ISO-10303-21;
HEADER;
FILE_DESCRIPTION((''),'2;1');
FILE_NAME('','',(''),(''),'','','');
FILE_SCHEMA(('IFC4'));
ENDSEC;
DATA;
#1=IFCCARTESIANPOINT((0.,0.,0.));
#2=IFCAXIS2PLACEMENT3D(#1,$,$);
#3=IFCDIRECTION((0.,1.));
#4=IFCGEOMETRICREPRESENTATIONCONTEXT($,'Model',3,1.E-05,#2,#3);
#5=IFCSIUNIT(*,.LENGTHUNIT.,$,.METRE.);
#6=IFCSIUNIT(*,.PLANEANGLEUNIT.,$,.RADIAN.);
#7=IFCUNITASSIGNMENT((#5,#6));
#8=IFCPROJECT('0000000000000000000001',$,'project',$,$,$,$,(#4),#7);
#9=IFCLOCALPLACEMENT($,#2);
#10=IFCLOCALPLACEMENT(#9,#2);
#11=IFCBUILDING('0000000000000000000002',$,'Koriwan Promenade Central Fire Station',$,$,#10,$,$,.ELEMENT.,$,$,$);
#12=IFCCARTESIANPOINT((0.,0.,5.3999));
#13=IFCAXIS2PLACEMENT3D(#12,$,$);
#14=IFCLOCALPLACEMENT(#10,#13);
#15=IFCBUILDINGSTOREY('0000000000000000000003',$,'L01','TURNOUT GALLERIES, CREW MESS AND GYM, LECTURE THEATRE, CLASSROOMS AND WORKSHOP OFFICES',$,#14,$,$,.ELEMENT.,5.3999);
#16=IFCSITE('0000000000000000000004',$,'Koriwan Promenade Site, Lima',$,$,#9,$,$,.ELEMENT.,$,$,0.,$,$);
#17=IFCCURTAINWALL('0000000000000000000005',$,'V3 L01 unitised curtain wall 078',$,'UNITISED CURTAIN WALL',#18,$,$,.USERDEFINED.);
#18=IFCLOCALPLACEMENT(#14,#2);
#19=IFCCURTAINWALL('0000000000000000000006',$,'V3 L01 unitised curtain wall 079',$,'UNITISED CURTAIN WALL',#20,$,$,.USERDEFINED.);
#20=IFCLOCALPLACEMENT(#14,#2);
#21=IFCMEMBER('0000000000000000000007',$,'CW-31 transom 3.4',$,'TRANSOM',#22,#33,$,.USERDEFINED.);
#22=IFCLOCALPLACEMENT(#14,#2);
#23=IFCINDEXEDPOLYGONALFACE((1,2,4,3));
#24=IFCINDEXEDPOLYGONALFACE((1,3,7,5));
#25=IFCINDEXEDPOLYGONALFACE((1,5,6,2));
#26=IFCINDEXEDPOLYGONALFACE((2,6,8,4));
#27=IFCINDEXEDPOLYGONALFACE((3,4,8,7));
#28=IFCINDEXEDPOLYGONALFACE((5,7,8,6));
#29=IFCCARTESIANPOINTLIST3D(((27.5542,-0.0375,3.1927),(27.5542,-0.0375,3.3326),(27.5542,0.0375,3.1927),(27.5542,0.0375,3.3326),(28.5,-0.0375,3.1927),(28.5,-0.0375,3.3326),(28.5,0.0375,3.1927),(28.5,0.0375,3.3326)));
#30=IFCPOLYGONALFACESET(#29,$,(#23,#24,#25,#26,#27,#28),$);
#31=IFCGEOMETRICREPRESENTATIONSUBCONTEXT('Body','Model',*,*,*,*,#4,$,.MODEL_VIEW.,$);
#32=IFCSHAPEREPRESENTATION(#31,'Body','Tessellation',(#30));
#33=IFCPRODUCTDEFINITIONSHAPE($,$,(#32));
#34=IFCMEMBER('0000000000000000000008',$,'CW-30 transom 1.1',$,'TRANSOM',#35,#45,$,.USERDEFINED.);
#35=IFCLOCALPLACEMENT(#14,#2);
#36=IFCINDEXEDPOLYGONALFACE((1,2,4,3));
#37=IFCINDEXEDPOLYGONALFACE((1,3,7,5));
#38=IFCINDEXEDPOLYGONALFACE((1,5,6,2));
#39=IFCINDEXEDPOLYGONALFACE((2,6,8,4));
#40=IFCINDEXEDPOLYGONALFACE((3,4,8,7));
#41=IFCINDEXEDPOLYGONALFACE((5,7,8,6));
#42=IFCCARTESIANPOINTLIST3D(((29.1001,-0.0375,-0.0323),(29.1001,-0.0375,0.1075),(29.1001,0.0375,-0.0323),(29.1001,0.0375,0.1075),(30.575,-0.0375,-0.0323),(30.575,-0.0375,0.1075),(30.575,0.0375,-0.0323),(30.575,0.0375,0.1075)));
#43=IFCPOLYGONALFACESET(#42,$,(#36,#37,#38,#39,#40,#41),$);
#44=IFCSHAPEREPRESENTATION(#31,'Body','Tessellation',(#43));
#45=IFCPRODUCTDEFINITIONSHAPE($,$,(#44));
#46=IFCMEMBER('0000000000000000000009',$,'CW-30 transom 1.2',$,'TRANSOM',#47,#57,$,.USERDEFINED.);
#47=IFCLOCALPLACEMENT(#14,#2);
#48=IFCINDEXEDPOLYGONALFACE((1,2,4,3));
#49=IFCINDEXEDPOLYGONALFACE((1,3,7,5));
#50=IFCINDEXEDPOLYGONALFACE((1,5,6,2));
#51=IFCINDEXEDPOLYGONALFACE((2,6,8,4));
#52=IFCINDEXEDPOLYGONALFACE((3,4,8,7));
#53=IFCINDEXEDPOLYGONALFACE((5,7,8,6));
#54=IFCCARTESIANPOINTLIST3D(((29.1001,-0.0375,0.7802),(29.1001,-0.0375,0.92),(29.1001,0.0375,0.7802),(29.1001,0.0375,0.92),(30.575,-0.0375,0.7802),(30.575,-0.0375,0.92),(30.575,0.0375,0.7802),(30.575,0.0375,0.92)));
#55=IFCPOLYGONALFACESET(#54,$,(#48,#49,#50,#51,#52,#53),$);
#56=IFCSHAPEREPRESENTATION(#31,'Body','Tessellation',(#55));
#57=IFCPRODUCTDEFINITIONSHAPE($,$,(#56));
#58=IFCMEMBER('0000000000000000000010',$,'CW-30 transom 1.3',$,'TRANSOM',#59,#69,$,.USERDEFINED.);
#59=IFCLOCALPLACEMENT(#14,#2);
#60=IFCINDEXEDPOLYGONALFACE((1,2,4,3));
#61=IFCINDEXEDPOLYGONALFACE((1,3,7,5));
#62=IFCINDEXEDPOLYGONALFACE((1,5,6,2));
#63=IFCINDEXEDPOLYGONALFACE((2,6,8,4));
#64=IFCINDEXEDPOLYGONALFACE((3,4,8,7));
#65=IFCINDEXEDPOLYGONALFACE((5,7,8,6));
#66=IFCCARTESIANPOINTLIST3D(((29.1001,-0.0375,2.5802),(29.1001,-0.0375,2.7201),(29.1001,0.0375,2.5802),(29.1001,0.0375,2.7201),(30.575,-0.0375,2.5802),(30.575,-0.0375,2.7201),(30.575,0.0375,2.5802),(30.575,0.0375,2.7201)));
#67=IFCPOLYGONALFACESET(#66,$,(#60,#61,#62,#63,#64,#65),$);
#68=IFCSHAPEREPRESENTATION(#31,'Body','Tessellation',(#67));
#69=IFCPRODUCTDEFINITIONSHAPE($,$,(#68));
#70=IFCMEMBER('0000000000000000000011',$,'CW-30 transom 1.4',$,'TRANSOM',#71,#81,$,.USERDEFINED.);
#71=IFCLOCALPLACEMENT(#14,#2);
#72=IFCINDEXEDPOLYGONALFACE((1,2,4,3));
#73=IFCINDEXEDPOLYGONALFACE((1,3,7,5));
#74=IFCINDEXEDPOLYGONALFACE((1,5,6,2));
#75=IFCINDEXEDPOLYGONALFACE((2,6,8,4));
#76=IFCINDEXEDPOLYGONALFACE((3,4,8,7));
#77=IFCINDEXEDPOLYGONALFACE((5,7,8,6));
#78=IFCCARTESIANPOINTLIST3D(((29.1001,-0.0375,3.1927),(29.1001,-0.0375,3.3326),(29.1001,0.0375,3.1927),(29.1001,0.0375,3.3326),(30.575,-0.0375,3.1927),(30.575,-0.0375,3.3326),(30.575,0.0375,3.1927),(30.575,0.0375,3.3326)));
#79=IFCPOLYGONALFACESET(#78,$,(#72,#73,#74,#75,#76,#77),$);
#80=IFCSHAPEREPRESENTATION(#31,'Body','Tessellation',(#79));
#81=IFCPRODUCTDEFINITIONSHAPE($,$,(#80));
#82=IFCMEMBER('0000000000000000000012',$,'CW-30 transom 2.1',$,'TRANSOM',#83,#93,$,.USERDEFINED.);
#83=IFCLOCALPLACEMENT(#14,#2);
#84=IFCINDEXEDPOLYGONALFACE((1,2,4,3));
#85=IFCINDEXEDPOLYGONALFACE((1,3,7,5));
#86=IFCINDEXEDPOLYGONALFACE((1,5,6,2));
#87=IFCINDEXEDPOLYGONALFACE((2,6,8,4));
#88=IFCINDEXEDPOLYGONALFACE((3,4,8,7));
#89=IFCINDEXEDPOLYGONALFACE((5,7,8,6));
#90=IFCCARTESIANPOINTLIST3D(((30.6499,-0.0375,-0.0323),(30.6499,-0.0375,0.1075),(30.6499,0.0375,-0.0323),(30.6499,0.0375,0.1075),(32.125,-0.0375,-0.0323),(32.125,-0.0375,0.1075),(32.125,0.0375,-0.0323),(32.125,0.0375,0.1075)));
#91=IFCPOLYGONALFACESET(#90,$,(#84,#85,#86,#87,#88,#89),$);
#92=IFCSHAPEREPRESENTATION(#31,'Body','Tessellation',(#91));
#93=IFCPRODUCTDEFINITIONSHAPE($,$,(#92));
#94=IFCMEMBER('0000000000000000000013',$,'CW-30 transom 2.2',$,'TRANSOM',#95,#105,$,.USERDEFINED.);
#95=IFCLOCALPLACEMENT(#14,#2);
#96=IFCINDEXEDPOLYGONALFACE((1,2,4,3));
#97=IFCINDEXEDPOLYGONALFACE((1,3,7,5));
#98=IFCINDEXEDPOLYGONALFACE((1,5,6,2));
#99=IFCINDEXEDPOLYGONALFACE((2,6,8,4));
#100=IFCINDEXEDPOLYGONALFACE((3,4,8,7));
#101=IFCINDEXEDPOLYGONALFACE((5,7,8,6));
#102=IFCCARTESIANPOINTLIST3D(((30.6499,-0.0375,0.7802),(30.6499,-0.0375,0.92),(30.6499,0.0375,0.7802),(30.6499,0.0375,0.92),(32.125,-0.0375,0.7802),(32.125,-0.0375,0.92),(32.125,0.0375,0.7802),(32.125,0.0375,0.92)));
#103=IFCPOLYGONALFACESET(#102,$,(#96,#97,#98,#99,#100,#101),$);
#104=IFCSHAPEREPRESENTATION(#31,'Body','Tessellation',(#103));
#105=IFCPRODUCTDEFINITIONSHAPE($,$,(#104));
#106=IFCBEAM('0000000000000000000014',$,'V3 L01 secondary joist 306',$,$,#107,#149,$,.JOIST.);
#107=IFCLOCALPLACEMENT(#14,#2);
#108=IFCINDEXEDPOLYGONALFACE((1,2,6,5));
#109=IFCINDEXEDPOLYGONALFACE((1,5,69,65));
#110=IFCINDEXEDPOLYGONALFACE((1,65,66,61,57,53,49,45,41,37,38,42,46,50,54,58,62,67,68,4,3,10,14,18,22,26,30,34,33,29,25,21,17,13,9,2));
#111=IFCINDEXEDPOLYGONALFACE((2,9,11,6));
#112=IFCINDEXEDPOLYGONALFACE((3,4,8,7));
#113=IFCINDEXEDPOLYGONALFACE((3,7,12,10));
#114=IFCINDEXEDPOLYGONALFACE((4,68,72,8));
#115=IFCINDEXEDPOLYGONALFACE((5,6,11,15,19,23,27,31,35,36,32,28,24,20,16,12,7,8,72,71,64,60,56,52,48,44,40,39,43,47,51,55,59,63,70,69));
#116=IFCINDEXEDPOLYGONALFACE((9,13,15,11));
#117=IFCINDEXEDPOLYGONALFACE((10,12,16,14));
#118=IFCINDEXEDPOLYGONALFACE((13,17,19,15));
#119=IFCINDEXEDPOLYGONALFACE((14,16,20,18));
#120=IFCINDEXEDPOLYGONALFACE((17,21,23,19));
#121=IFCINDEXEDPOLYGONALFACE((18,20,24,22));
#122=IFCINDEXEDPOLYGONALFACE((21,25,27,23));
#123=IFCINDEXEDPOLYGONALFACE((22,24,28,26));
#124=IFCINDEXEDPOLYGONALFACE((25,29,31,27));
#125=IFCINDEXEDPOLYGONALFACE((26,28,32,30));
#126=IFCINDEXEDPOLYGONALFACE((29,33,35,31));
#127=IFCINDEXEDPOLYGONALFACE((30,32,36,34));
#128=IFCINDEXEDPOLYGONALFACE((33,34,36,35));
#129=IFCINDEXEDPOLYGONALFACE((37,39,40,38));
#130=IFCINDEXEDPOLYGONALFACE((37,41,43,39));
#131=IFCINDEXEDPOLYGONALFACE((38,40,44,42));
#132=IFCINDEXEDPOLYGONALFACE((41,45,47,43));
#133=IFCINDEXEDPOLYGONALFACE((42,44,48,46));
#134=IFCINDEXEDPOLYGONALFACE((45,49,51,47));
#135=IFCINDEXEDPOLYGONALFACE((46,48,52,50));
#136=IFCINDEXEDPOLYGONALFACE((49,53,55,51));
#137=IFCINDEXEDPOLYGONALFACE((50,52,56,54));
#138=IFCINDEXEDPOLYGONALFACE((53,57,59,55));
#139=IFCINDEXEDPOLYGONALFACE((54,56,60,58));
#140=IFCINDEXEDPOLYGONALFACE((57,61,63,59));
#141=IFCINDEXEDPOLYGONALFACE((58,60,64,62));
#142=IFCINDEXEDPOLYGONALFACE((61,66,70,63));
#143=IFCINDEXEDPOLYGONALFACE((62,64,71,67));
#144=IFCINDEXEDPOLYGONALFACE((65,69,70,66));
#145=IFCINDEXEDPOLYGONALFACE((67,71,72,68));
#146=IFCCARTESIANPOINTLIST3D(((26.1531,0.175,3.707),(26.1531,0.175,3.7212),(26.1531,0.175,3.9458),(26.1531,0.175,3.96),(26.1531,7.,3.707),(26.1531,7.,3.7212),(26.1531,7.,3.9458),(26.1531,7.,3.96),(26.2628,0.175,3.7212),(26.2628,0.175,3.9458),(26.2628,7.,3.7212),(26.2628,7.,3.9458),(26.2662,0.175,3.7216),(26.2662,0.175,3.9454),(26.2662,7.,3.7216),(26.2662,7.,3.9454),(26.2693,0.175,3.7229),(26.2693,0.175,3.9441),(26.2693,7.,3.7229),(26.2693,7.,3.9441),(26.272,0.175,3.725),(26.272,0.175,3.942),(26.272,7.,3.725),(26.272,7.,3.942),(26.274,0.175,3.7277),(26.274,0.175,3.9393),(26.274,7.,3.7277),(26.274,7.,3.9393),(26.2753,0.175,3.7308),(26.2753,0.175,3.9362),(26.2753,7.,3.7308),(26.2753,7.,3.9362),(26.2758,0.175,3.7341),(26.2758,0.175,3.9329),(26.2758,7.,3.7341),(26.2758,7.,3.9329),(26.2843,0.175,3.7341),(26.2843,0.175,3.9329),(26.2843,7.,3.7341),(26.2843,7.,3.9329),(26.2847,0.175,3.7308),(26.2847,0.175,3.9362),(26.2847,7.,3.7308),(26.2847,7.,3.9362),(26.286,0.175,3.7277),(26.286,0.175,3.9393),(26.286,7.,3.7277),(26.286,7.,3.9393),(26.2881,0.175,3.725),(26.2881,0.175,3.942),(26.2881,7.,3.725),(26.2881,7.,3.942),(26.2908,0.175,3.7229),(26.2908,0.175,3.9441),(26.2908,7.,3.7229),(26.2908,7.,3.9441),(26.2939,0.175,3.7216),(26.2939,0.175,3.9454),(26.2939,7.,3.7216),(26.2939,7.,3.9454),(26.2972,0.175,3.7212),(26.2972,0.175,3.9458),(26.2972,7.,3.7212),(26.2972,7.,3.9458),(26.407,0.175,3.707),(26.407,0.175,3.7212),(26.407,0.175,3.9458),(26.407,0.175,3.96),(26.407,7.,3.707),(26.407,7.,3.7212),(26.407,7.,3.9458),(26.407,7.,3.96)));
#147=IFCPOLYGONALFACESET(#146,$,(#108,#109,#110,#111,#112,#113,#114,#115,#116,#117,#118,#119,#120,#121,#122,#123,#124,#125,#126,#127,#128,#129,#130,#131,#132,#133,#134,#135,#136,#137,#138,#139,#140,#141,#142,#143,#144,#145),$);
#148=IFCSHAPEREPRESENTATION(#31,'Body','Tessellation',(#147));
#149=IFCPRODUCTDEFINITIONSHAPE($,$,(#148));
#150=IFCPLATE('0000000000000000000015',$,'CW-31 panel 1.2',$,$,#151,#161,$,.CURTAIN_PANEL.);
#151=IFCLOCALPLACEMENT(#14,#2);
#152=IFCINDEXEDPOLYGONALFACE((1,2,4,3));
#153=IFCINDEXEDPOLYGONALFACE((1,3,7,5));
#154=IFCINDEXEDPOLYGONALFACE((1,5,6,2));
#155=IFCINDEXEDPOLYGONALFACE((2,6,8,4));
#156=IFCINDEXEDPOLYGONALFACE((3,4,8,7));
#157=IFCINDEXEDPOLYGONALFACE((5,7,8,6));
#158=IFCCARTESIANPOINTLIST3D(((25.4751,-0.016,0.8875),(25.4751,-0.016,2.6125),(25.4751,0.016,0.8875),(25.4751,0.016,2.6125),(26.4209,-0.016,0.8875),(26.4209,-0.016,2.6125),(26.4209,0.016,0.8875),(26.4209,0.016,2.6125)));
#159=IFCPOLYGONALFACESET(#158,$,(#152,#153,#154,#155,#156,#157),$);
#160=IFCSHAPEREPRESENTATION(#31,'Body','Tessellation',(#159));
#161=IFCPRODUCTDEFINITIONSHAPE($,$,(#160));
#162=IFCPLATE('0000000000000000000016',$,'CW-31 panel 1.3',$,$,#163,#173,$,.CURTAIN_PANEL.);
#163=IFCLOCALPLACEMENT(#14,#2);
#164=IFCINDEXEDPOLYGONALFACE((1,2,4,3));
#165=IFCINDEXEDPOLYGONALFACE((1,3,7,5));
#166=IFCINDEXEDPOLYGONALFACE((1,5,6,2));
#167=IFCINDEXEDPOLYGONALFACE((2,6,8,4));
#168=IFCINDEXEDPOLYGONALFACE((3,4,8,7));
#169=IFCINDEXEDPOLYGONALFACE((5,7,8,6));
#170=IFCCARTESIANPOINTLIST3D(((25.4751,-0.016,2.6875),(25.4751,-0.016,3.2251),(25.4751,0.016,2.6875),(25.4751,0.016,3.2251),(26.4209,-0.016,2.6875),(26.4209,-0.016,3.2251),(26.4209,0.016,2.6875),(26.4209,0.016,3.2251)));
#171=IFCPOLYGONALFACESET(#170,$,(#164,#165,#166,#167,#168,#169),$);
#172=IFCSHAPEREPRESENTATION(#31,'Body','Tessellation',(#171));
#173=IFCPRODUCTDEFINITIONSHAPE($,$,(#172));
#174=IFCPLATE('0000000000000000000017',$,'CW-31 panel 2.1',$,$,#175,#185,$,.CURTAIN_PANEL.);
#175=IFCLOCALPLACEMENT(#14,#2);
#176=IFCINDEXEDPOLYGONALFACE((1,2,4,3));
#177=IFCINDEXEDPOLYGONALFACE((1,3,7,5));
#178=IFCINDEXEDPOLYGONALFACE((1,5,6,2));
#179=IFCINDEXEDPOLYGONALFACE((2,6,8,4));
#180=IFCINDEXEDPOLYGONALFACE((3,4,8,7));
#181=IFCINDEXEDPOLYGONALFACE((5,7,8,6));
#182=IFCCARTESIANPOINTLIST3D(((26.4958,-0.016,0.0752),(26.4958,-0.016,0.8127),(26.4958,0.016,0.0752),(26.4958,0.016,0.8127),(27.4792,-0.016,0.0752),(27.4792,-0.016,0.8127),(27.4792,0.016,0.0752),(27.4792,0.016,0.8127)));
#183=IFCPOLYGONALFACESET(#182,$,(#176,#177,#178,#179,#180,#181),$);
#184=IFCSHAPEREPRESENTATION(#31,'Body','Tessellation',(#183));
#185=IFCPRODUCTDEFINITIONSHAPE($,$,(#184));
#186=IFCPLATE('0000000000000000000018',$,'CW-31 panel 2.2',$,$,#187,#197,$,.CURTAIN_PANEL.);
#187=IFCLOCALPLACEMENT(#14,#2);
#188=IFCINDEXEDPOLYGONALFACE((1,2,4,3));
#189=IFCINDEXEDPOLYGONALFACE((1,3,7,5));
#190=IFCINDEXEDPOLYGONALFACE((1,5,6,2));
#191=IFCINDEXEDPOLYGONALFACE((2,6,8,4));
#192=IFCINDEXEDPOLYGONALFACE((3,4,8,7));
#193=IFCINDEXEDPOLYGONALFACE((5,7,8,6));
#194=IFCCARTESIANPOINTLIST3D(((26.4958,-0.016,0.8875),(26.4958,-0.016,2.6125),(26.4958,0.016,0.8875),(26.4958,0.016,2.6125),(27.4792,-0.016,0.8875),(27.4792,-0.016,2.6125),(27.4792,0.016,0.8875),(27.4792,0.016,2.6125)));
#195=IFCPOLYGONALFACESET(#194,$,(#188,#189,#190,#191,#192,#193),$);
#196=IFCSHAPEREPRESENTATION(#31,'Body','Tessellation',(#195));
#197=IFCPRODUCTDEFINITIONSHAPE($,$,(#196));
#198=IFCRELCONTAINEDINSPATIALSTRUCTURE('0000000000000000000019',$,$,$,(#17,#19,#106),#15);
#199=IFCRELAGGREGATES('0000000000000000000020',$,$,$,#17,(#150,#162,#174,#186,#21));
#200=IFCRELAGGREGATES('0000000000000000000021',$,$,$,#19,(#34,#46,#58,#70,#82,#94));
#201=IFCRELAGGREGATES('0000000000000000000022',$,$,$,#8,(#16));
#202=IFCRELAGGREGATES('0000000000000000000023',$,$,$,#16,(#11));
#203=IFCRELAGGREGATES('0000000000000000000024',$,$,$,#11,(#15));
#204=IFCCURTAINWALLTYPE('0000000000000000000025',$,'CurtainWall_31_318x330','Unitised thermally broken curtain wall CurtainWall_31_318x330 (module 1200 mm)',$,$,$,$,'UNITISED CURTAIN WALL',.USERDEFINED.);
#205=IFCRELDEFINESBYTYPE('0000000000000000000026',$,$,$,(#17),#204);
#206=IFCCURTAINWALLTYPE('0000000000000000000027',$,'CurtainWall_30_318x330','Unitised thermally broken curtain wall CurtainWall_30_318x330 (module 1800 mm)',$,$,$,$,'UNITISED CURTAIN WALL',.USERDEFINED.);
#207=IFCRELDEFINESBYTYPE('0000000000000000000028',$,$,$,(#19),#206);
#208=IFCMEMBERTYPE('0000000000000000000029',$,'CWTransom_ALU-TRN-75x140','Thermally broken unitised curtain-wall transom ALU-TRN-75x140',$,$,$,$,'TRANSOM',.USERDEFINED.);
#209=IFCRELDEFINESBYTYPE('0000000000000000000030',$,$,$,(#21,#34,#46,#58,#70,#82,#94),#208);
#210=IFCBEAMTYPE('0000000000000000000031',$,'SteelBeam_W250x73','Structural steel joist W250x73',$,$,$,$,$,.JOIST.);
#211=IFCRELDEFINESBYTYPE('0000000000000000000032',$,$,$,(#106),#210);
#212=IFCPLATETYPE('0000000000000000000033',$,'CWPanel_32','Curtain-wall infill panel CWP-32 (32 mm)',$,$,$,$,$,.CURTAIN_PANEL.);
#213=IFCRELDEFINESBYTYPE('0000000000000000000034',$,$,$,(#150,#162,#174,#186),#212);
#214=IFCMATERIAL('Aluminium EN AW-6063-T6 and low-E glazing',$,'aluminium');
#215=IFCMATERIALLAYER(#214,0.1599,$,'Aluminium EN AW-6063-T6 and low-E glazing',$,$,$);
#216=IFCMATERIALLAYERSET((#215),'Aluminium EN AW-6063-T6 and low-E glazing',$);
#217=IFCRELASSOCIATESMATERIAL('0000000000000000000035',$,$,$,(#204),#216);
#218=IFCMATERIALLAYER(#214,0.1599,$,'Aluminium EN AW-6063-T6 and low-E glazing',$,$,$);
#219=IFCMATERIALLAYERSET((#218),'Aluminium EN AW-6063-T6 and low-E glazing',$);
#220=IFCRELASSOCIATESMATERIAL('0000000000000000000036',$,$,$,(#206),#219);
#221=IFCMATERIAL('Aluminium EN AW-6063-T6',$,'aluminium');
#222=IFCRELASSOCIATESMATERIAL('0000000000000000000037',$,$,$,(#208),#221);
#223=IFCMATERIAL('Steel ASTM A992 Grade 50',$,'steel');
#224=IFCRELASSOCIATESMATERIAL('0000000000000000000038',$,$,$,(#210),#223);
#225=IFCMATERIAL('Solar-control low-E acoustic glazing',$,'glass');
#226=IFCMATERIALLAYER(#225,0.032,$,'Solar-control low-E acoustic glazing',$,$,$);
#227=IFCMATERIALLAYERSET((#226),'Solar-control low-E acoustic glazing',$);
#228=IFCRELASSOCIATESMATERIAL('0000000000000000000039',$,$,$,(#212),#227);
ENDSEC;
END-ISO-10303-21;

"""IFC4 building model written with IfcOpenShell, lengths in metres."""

from ifc_helpers import new_model, si_unit, direction, frame, origin, origin_2d, place, context, subcontext, project, spatial, rectangle, i_section, extrude, material, layer, layer_set, material_profile, profile_set, type_object, element, aggregate, save


model = new_model("IFC4")

# Units and contexts
model_context = context("Model", 3, precision=1e-05, world=origin(), true_north=direction((0.0, 1.0)))
body_context = subcontext(model_context, "Body", "Model", "MODEL_VIEW")
ifc_project = project(units=[si_unit("LENGTHUNIT", "METRE"), si_unit("PLANEANGLEUNIT", "RADIAN")], contexts=[model_context])

# Site, building, storey
site_placement = place(None, origin())
site = spatial("IfcSite", under=ifc_project, at=site_placement, Name="Koriwan Promenade Site, Lima", CompositionType="ELEMENT", RefElevation=0.0)
building_placement = place(site_placement, origin())
building = spatial("IfcBuilding", under=site, at=building_placement, Name="Koriwan Promenade Central Fire Station", CompositionType="ELEMENT")
storey_placement = place(building_placement, frame((0.0, 0.0, 5.3999)))
storey = spatial("IfcBuildingStorey", under=building, at=storey_placement, Name="L01", Description="TURNOUT GALLERIES, CREW MESS AND GYM, LECTURE THEATRE, CLASSROOMS AND WORKSHOP OFFICES", CompositionType="ELEMENT", Elevation=5.3999)

# Curtain walls
ifc_material_1 = material(Name="Aluminium EN AW-6063-T6 and low-E glazing", Category="aluminium")
ifc_layer_1 = layer(ifc_material_1, 0.1599, Name="Aluminium EN AW-6063-T6 and low-E glazing")
ifc_layer_set_1 = layer_set([ifc_layer_1], Name="Aluminium EN AW-6063-T6 and low-E glazing")
curtain_wall_type_1 = type_object("IfcCurtainWallType", Name="CurtainWall_31_318x330", Description="Unitised thermally broken curtain wall CurtainWall_31_318x330 (module 1200 mm)", ElementType="UNITISED CURTAIN WALL", PredefinedType="USERDEFINED", material=ifc_layer_set_1)
curtain_wall_1_placement = place(storey_placement, origin())
curtain_wall_1 = element("IfcCurtainWall", 1, at=curtain_wall_1_placement, inside=storey, type_object=curtain_wall_type_1, Name="V3 L01 unitised curtain wall 078", ObjectType="UNITISED CURTAIN WALL", PredefinedType="USERDEFINED")
ifc_material_2 = material(Name="Aluminium EN AW-6063-T6", Category="aluminium")
ifc_layer_2 = layer(ifc_material_1, 0.1599, Name="Aluminium EN AW-6063-T6 and low-E glazing")
ifc_layer_set_2 = layer_set([ifc_layer_2], Name="Aluminium EN AW-6063-T6 and low-E glazing")
curtain_wall_type_2 = type_object("IfcCurtainWallType", Name="CurtainWall_30_318x330", Description="Unitised thermally broken curtain wall CurtainWall_30_318x330 (module 1800 mm)", ElementType="UNITISED CURTAIN WALL", PredefinedType="USERDEFINED", material=ifc_layer_set_2)
curtain_wall_2_placement = place(storey_placement, origin())
curtain_wall_2 = element("IfcCurtainWall", 2, at=curtain_wall_2_placement, inside=storey, type_object=curtain_wall_type_2, Name="V3 L01 unitised curtain wall 079", ObjectType="UNITISED CURTAIN WALL", PredefinedType="USERDEFINED")

# Members
ifc_material_profile_1 = material_profile(ifc_material_2, rectangle(XDim=0.075, YDim=0.1399, at=origin_2d()), Name="ALU-TRN-75x140")
ifc_profile_set_1 = profile_set([ifc_material_profile_1], Name="Aluminium EN AW-6063-T6")
member_type_1 = type_object("IfcMemberType", Name="CWTransom_ALU-TRN-75x140", Description="Thermally broken unitised curtain-wall transom ALU-TRN-75x140", ElementType="TRANSOM", PredefinedType="USERDEFINED", material=ifc_profile_set_1)
member_1_placement = place(storey_placement, frame((27.5542, 0.0, 3.2627), z_axis=(1.0, 0.0, 0.0), x_axis=(0.0, 1.0, 0.0)))
member_1 = element("IfcMember", 3, at=member_1_placement, type_object=member_type_1, Name="CW-31 transom 3.4", ObjectType="TRANSOM", PredefinedType="USERDEFINED", context=body_context, shape_type="SweptSolid", body=[
    extrude(rectangle(XDim=0.075, YDim=0.1399, at=origin_2d()), origin(), (0.0, 0.0, 1.0), 0.9458),
])
member_2_placement = place(storey_placement, frame((29.1001, 0.0, 0.0376), z_axis=(1.0, 0.0, 0.0), x_axis=(0.0, 1.0, 0.0)))
member_2 = element("IfcMember", 4, at=member_2_placement, type_object=member_type_1, Name="CW-30 transom 1.1", ObjectType="TRANSOM", PredefinedType="USERDEFINED", context=body_context, shape_type="SweptSolid", body=[
    extrude(rectangle(XDim=0.075, YDim=0.1399, at=origin_2d()), origin(), (0.0, 0.0, 1.0), 1.4749),
])
member_3_placement = place(storey_placement, frame((29.1001, 0.0, 0.8501), z_axis=(1.0, 0.0, 0.0), x_axis=(0.0, 1.0, 0.0)))
member_3 = element("IfcMember", 5, at=member_3_placement, type_object=member_type_1, Name="CW-30 transom 1.2", ObjectType="TRANSOM", PredefinedType="USERDEFINED", context=body_context, shape_type="SweptSolid", body=[
    extrude(rectangle(XDim=0.075, YDim=0.1399, at=origin_2d()), origin(), (0.0, 0.0, 1.0), 1.4749),
])
member_4_placement = place(storey_placement, frame((29.1001, 0.0, 2.6501), z_axis=(1.0, 0.0, 0.0), x_axis=(0.0, 1.0, 0.0)))
member_4 = element("IfcMember", 6, at=member_4_placement, type_object=member_type_1, Name="CW-30 transom 1.3", ObjectType="TRANSOM", PredefinedType="USERDEFINED", context=body_context, shape_type="SweptSolid", body=[
    extrude(rectangle(XDim=0.075, YDim=0.1399, at=origin_2d()), origin(), (0.0, 0.0, 1.0), 1.4749),
])
member_5_placement = place(storey_placement, frame((29.1001, 0.0, 3.2627), z_axis=(1.0, 0.0, 0.0), x_axis=(0.0, 1.0, 0.0)))
member_5 = element("IfcMember", 7, at=member_5_placement, type_object=member_type_1, Name="CW-30 transom 1.4", ObjectType="TRANSOM", PredefinedType="USERDEFINED", context=body_context, shape_type="SweptSolid", body=[
    extrude(rectangle(XDim=0.075, YDim=0.1399, at=origin_2d()), origin(), (0.0, 0.0, 1.0), 1.4749),
])
member_6_placement = place(storey_placement, frame((30.6499, 0.0, 0.0376), z_axis=(1.0, 0.0, 0.0), x_axis=(0.0, 1.0, 0.0)))
member_6 = element("IfcMember", 8, at=member_6_placement, type_object=member_type_1, Name="CW-30 transom 2.1", ObjectType="TRANSOM", PredefinedType="USERDEFINED", context=body_context, shape_type="SweptSolid", body=[
    extrude(rectangle(XDim=0.075, YDim=0.1399, at=origin_2d()), origin(), (0.0, 0.0, 1.0), 1.4751),
])
member_7_placement = place(storey_placement, frame((30.6499, 0.0, 0.8501), z_axis=(1.0, 0.0, 0.0), x_axis=(0.0, 1.0, 0.0)))
member_7 = element("IfcMember", 9, at=member_7_placement, type_object=member_type_1, Name="CW-30 transom 2.2", ObjectType="TRANSOM", PredefinedType="USERDEFINED", context=body_context, shape_type="SweptSolid", body=[
    extrude(rectangle(XDim=0.075, YDim=0.1399, at=origin_2d()), origin(), (0.0, 0.0, 1.0), 1.4751),
])

# Beam
ifc_material_3 = material(Name="Steel ASTM A992 Grade 50", Category="steel")
ifc_material_profile_2 = material_profile(ifc_material_3, i_section(OverallWidth=0.2539, OverallDepth=0.2529, WebThickness=0.0085, FlangeThickness=0.0142, FilletRadius=0.0129, at=origin_2d()), Name="W250x73")
ifc_profile_set_2 = profile_set([ifc_material_profile_2], Name="Steel ASTM A992 Grade 50")
beam_type_1 = type_object("IfcBeamType", Name="SteelBeam_W250x73", Description="Structural steel joist W250x73", PredefinedType="JOIST", material=ifc_profile_set_2)
beam_1_placement = place(storey_placement, frame((26.28, 0.175, 3.8335), z_axis=(0.0, 1.0, 0.0), x_axis=(-1.0, 0.0, 0.0)))
element("IfcBeam", 10, at=beam_1_placement, inside=storey, type_object=beam_type_1, Name="V3 L01 secondary joist 306", PredefinedType="JOIST", context=body_context, shape_type="SweptSolid", body=[
    extrude(i_section(OverallWidth=0.2539, OverallDepth=0.2529, WebThickness=0.0085, FlangeThickness=0.0142, FilletRadius=0.0129, at=origin_2d()), origin(), (0.0, 0.0, 1.0), 6.825),
])

# Plates
ifc_material_4 = material(Name="Solar-control low-E acoustic glazing", Category="glass")
ifc_layer_3 = layer(ifc_material_4, 0.032, Name="Solar-control low-E acoustic glazing")
ifc_layer_set_3 = layer_set([ifc_layer_3], Name="Solar-control low-E acoustic glazing")
plate_type = type_object("IfcPlateType", Name="CWPanel_32", Description="Curtain-wall infill panel CWP-32 (32 mm)", PredefinedType="CURTAIN_PANEL", material=ifc_layer_set_3)
plate_1_placement = place(storey_placement, frame((25.948, 0.0, 0.8875), z_axis=(0.0, 0.0, 1.0), x_axis=(1.0, 0.0, 0.0)))
plate_1 = element("IfcPlate", 11, at=plate_1_placement, type_object=plate_type, Name="CW-31 panel 1.2", PredefinedType="CURTAIN_PANEL", context=body_context, shape_type="SweptSolid", body=[
    extrude(rectangle(XDim=0.9458, YDim=0.032, at=origin_2d()), origin(), (0.0, 0.0, 1.0), 1.7251),
])
plate_2_placement = place(storey_placement, frame((25.948, 0.0, 2.6875), z_axis=(0.0, 0.0, 1.0), x_axis=(1.0, 0.0, 0.0)))
plate_2 = element("IfcPlate", 12, at=plate_2_placement, type_object=plate_type, Name="CW-31 panel 1.3", PredefinedType="CURTAIN_PANEL", context=body_context, shape_type="SweptSolid", body=[
    extrude(rectangle(XDim=0.9458, YDim=0.032, at=origin_2d()), origin(), (0.0, 0.0, 1.0), 0.5376),
])
plate_3_placement = place(storey_placement, frame((26.9875, 0.0, 0.0752), z_axis=(0.0, 0.0, 1.0), x_axis=(1.0, 0.0, 0.0)))
plate_3 = element("IfcPlate", 13, at=plate_3_placement, type_object=plate_type, Name="CW-31 panel 2.1", PredefinedType="CURTAIN_PANEL", context=body_context, shape_type="SweptSolid", body=[
    extrude(rectangle(XDim=0.9834, YDim=0.032, at=origin_2d()), origin(), (0.0, 0.0, 1.0), 0.7375),
])
plate_4_placement = place(storey_placement, frame((26.9875, 0.0, 0.8875), z_axis=(0.0, 0.0, 1.0), x_axis=(1.0, 0.0, 0.0)))
plate_4 = element("IfcPlate", 14, at=plate_4_placement, type_object=plate_type, Name="CW-31 panel 2.2", PredefinedType="CURTAIN_PANEL", context=body_context, shape_type="SweptSolid", body=[
    extrude(rectangle(XDim=0.9834, YDim=0.032, at=origin_2d()), origin(), (0.0, 0.0, 1.0), 1.7251),
])
aggregate(curtain_wall_1, [plate_1, plate_2, plate_3, plate_4, member_1])
aggregate(curtain_wall_2, [member_2, member_3, member_4, member_5, member_6, member_7])

save(model, "model.ifc")
